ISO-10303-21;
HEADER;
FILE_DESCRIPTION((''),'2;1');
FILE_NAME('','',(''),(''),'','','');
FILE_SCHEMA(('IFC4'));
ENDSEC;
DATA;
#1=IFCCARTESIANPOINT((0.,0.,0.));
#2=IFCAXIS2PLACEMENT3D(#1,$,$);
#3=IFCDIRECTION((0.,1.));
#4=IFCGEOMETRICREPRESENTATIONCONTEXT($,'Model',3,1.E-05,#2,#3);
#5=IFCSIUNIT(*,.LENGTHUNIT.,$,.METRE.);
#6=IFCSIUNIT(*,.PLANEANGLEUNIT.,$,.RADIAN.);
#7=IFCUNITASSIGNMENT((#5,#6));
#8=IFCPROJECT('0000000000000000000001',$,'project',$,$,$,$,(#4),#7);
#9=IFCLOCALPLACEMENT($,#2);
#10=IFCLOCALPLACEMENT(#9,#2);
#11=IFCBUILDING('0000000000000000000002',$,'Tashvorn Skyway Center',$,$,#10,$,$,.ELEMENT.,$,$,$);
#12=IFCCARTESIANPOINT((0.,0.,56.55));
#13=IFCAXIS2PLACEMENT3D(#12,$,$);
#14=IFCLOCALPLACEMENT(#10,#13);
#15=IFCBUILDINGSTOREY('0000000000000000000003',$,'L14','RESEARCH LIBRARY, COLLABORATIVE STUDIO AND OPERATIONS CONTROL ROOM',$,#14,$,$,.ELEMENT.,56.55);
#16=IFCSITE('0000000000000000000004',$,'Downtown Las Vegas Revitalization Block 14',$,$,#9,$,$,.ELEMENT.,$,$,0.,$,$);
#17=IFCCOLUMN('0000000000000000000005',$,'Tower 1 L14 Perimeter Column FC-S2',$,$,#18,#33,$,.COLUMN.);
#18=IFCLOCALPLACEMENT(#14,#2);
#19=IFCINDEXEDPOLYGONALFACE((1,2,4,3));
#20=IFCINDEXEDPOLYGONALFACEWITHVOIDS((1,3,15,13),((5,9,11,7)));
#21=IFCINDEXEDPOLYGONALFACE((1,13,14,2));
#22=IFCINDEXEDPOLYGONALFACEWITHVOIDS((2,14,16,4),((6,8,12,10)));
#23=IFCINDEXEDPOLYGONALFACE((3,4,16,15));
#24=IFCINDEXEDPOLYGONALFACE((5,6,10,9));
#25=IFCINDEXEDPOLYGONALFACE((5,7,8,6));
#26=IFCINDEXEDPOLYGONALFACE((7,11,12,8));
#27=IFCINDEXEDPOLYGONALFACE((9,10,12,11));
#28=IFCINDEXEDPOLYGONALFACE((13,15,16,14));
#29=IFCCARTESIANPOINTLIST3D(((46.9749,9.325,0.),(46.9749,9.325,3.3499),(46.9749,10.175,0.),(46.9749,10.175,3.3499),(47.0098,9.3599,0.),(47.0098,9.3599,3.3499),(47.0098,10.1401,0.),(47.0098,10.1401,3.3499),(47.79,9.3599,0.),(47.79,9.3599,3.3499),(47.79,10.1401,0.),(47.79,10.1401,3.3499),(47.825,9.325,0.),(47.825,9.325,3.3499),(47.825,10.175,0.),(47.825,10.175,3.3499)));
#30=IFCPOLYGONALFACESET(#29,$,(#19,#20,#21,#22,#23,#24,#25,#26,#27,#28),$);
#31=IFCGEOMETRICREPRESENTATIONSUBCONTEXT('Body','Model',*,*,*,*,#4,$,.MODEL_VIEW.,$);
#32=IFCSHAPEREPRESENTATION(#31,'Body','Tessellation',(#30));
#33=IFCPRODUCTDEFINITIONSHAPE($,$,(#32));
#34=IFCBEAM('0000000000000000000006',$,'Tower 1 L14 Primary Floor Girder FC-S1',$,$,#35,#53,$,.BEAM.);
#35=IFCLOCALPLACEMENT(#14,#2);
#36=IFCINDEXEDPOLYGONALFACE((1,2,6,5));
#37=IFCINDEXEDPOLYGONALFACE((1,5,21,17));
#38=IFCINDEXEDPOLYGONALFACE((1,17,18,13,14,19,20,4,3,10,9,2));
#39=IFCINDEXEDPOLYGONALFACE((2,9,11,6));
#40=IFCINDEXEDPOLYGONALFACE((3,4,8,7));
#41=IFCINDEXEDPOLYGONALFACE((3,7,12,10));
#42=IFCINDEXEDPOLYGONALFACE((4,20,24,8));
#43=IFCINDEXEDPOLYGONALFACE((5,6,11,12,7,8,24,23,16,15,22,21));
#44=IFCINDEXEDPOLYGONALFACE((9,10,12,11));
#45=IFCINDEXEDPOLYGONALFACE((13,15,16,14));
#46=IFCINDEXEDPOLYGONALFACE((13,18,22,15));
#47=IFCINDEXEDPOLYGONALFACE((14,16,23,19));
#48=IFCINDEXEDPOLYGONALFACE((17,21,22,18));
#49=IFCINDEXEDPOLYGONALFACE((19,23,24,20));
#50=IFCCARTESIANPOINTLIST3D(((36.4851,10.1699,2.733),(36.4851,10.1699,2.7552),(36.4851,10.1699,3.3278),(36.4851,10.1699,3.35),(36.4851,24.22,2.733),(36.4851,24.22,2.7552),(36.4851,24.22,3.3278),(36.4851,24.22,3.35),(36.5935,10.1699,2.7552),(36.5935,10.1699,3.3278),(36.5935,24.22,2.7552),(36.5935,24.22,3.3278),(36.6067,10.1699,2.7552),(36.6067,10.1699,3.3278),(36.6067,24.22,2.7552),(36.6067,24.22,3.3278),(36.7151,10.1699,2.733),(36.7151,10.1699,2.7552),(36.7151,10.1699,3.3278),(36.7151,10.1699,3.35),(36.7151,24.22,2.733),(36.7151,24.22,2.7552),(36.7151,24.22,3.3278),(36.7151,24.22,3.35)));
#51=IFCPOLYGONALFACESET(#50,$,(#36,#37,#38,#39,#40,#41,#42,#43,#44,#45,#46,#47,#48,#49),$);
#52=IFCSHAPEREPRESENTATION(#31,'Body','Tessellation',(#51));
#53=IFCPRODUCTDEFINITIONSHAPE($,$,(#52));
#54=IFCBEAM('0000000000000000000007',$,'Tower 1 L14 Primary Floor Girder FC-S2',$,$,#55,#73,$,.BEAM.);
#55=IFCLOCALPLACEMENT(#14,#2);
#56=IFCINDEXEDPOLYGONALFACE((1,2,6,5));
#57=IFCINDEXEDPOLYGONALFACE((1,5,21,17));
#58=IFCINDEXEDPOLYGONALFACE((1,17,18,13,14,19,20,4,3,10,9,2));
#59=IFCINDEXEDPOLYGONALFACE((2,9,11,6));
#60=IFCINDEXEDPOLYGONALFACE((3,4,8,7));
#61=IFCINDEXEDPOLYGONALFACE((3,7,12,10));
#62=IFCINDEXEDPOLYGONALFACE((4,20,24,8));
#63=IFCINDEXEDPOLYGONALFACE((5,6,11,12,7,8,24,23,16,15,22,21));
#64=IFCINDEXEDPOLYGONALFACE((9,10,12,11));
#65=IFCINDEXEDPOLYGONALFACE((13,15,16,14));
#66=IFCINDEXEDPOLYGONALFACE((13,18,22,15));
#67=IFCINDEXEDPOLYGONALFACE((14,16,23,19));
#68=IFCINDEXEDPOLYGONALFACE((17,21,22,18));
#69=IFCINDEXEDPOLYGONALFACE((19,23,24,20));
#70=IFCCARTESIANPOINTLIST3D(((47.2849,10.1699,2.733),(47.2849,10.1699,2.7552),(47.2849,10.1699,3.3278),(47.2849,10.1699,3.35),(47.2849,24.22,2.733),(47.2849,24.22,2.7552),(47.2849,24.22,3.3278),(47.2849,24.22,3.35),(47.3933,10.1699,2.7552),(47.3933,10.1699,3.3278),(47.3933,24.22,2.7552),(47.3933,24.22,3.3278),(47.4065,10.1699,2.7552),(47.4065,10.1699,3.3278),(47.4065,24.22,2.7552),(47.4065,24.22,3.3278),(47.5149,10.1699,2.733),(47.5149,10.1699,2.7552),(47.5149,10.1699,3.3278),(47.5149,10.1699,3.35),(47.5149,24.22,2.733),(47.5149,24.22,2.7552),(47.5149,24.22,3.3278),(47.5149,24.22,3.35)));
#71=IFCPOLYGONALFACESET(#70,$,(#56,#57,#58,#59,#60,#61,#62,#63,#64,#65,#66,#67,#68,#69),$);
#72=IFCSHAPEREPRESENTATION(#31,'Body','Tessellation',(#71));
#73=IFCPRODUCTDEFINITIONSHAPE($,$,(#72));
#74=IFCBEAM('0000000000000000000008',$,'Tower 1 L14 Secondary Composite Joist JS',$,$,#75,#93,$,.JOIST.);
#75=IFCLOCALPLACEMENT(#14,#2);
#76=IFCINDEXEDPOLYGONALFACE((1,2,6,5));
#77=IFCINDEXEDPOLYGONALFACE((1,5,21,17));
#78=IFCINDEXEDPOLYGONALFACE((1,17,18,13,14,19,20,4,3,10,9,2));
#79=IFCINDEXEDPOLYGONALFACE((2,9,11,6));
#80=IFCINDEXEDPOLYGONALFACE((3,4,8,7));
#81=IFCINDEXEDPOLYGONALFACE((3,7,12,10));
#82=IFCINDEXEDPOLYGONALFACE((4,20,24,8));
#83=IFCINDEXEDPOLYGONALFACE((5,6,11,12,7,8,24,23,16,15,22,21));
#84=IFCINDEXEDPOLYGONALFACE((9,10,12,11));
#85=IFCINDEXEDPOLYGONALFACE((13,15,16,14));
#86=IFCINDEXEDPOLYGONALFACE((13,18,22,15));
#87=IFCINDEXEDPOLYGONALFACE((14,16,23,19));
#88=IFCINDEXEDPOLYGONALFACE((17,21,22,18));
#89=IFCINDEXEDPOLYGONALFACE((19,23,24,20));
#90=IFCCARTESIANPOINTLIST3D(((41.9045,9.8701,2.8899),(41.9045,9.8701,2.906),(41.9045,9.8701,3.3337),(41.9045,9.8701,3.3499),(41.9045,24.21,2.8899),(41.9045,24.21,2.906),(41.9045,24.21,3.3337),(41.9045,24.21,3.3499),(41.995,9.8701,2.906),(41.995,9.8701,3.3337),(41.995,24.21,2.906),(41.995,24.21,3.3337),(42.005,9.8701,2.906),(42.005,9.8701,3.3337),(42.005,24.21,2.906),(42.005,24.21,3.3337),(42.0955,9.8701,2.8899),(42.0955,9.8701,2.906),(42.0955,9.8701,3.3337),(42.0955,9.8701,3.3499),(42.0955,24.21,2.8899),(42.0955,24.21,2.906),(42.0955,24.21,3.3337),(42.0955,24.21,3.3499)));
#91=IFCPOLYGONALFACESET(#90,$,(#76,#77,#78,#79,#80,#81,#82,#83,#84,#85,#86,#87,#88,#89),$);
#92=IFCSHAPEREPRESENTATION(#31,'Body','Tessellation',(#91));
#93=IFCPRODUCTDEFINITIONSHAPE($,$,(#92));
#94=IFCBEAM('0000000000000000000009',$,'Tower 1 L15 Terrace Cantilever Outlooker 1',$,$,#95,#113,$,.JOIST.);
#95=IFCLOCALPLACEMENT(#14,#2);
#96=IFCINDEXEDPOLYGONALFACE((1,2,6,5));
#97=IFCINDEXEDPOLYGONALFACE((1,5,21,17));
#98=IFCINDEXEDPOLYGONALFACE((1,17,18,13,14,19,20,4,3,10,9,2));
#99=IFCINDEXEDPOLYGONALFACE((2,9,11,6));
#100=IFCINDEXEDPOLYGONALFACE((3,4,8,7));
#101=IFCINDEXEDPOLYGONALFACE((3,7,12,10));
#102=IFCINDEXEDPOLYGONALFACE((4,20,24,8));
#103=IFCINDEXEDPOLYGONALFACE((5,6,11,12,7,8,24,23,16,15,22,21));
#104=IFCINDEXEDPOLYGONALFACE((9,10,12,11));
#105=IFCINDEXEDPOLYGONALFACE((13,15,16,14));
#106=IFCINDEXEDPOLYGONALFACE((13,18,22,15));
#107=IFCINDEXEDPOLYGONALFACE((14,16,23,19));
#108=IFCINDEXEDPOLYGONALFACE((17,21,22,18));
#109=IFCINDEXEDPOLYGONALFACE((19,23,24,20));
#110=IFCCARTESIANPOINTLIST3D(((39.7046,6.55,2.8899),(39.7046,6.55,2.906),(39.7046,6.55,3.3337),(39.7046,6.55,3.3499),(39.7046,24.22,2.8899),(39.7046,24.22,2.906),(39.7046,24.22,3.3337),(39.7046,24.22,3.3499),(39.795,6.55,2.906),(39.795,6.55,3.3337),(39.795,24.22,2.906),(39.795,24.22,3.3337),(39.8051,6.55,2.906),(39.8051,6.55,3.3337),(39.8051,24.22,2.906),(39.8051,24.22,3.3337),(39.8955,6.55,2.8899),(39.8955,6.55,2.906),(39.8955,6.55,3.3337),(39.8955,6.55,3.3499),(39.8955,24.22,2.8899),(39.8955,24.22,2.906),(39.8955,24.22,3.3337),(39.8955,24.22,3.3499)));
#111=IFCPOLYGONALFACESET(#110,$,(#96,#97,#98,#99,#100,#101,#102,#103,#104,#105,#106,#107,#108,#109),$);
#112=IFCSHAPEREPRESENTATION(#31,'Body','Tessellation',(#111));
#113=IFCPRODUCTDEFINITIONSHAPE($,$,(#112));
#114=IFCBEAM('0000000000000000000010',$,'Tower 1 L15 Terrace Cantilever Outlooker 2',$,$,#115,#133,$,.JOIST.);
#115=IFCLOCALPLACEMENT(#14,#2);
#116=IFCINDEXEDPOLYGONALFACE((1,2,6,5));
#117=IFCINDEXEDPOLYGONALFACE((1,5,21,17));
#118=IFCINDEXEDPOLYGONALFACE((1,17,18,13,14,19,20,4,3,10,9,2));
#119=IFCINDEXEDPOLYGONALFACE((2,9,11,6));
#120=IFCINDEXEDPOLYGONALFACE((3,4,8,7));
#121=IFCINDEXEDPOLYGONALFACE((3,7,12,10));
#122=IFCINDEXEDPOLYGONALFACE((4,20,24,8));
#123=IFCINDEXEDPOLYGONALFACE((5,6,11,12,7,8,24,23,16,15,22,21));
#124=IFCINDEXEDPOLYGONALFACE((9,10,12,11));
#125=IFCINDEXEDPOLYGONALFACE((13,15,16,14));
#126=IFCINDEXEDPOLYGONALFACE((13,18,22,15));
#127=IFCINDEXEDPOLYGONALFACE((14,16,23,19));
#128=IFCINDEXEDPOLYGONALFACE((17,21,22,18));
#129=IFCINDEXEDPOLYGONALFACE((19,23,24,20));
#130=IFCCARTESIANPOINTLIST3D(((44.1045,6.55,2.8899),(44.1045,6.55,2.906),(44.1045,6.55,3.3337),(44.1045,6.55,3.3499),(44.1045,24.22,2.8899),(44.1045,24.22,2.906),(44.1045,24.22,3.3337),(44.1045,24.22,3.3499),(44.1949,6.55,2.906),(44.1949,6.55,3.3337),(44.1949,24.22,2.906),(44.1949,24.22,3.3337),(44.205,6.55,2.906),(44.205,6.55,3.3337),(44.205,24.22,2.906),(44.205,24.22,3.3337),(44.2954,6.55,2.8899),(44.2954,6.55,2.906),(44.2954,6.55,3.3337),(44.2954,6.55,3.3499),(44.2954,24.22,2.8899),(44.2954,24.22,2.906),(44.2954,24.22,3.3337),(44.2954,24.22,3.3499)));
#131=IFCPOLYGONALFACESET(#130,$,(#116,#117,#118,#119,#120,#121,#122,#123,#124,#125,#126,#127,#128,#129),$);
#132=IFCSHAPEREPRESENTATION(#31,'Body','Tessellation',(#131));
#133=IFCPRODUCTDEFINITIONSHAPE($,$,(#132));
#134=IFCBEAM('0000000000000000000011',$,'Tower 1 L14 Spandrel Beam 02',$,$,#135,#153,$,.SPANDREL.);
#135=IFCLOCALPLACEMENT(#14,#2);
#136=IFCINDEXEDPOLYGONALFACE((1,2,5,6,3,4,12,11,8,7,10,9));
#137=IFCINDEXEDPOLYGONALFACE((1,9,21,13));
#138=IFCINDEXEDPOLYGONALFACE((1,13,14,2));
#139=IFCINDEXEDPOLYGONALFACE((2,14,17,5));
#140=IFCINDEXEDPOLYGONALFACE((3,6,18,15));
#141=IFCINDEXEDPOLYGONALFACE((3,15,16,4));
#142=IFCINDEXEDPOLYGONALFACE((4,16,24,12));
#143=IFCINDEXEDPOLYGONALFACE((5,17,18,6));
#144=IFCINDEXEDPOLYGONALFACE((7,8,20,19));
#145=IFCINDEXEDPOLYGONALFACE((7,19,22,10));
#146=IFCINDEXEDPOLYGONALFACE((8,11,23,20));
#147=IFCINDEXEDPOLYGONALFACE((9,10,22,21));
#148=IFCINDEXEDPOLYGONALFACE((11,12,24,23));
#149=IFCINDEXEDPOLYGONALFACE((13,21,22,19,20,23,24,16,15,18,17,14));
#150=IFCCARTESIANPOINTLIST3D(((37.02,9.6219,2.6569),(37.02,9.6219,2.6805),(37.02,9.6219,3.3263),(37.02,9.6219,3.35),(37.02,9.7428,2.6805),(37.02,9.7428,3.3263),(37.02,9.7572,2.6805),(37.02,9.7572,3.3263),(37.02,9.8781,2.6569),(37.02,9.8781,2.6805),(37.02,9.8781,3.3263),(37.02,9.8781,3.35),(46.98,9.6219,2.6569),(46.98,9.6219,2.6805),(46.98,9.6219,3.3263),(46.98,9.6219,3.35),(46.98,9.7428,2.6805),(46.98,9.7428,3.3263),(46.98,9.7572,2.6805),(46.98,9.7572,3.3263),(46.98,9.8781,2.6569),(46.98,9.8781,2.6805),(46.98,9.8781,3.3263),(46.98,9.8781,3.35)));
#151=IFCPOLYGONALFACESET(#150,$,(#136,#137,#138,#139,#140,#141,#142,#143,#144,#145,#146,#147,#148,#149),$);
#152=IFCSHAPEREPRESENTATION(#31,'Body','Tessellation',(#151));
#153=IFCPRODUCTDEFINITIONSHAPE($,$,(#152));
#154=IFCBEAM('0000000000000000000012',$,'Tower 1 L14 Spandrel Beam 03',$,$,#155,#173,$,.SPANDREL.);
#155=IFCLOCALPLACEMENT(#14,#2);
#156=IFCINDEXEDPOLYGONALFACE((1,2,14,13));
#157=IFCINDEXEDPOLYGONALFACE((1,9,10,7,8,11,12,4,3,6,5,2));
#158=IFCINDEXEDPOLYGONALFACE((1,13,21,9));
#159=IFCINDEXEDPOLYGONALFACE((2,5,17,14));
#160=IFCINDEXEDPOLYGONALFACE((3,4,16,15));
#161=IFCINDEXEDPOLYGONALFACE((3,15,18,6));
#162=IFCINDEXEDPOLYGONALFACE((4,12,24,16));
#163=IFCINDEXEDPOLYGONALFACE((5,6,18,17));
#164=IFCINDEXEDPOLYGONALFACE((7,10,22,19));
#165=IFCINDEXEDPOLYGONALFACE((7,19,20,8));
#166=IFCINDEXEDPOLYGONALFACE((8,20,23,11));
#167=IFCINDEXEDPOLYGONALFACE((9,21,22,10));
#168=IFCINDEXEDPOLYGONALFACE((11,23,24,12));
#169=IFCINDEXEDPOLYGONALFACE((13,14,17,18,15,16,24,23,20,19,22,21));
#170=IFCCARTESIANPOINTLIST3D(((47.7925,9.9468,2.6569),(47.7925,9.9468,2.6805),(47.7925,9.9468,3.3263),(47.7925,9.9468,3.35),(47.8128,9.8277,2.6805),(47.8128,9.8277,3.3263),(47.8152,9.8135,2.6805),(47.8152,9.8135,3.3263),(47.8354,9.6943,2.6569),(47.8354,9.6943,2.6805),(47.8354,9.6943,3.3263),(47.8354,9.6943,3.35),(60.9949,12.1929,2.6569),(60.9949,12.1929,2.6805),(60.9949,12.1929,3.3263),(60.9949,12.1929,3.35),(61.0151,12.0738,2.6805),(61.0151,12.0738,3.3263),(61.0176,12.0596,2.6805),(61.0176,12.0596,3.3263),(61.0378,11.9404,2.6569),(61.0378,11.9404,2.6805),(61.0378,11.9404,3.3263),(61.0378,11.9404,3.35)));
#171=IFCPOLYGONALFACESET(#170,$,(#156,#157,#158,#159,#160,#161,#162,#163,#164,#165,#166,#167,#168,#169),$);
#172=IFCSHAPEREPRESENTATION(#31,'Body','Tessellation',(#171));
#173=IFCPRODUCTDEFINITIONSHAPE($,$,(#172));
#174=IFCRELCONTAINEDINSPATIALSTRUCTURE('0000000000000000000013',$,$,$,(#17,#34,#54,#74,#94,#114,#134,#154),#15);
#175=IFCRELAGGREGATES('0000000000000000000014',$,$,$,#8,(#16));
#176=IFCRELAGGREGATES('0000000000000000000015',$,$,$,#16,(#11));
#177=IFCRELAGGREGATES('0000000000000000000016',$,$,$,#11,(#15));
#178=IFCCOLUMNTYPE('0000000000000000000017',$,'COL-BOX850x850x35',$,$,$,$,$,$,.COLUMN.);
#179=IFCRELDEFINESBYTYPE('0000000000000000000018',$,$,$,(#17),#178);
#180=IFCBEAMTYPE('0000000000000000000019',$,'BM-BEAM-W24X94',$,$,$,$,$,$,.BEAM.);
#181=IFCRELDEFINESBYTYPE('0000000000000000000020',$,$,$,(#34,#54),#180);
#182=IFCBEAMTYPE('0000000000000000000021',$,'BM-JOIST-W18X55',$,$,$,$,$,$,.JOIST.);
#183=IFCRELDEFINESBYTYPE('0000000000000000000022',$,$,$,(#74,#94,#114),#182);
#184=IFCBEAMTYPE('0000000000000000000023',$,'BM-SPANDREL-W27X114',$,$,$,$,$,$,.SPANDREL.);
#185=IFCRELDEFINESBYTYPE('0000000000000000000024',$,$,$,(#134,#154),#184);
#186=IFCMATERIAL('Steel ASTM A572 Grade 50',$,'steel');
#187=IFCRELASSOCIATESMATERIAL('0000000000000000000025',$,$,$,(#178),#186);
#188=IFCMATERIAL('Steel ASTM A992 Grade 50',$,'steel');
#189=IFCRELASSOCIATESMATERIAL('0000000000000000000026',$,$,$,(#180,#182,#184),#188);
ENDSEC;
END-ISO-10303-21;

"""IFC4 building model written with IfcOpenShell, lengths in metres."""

from ifc_helpers import new_model, si_unit, direction, frame, origin, origin_2d, place, context, subcontext, project, spatial, hollow_rectangle, i_section, extrude, material, material_profile, profile_set, type_object, element, save


model = new_model("IFC4")

# Units and contexts
model_context = context("Model", 3, precision=1e-05, world=origin(), true_north=direction((0.0, 1.0)))
body_context = subcontext(model_context, "Body", "Model", "MODEL_VIEW")
ifc_project = project(units=[si_unit("LENGTHUNIT", "METRE"), si_unit("PLANEANGLEUNIT", "RADIAN")], contexts=[model_context])

# Site, building, storey
site_placement = place(None, origin())
site = spatial("IfcSite", under=ifc_project, at=site_placement, Name="Downtown Las Vegas Revitalization Block 14", CompositionType="ELEMENT", RefElevation=0.0)
building_placement = place(site_placement, origin())
building = spatial("IfcBuilding", under=site, at=building_placement, Name="Tashvorn Skyway Center", CompositionType="ELEMENT")
storey_placement = place(building_placement, frame((0.0, 0.0, 56.55)))
storey = spatial("IfcBuildingStorey", under=building, at=storey_placement, Name="L14", Description="RESEARCH LIBRARY, COLLABORATIVE STUDIO AND OPERATIONS CONTROL ROOM", CompositionType="ELEMENT", Elevation=56.55)

# Column
ifc_material_1 = material(Name="Steel ASTM A572 Grade 50", Category="steel")
ifc_material_profile_1 = material_profile(ifc_material_1, hollow_rectangle(XDim=0.8501, YDim=0.8501, WallThickness=0.0349, at=origin_2d()), Name="BOX850x850x35")
ifc_profile_set_1 = profile_set([ifc_material_profile_1], Name="Steel ASTM A572 Grade 50")
column_type = type_object("IfcColumnType", Name="COL-BOX850x850x35", PredefinedType="COLUMN", material=ifc_profile_set_1)
column_placement = place(storey_placement, frame((47.3999, 9.75, 0.0), z_axis=(0.0, 0.0, 1.0), x_axis=(1.0, 0.0, 0.0)))
element("IfcColumn", 1, at=column_placement, inside=storey, type_object=column_type, Name="Tower 1 L14 Perimeter Column FC-S2", PredefinedType="COLUMN", context=body_context, shape_type="SweptSolid", body=[
    extrude(hollow_rectangle(XDim=0.8501, YDim=0.8501, WallThickness=0.0349, at=origin_2d()), origin(), (0.0, 0.0, 1.0), 3.3499),
])

# Beams
ifc_material_2 = material(Name="Steel ASTM A992 Grade 50", Category="steel")
ifc_material_profile_2 = material_profile(ifc_material_2, i_section(OverallWidth=0.23, OverallDepth=0.6169, WebThickness=0.0132, FlangeThickness=0.0222, at=origin_2d()), Name="W24X94")
ifc_profile_set_2 = profile_set([ifc_material_profile_2], Name="Steel ASTM A992 Grade 50")
beam_type_1 = type_object("IfcBeamType", Name="BM-BEAM-W24X94", PredefinedType="BEAM", material=ifc_profile_set_2)
for number, where, z_axis, x_axis, name in (
    (2, (36.6001, 10.1699, 3.0415), (0.0, 1.0, 0.0), (-1.0, 0.0, 0.0), "Tower 1 L14 Primary Floor Girder FC-S1"),
    (3, (47.3999, 10.1699, 3.0415), (0.0, 1.0, 0.0), (-1.0, 0.0, 0.0), "Tower 1 L14 Primary Floor Girder FC-S2"),
):
    element("IfcBeam", number, at=place(storey_placement, frame(where, z_axis=z_axis, x_axis=x_axis)), inside=storey, type_object=beam_type_1, Name=name, PredefinedType="BEAM", context=body_context, shape_type="SweptSolid", body=[
        extrude(i_section(OverallWidth=0.23, OverallDepth=0.6169, WebThickness=0.0132, FlangeThickness=0.0222, at=origin_2d()), origin(), (0.0, 0.0, 1.0), 14.05),
    ])
ifc_material_profile_3 = material_profile(ifc_material_2, i_section(OverallWidth=0.1909, OverallDepth=0.46, WebThickness=0.01, FlangeThickness=0.0161, at=origin_2d()), Name="W18X55")
ifc_profile_set_3 = profile_set([ifc_material_profile_3], Name="Steel ASTM A992 Grade 50")
beam_type_2 = type_object("IfcBeamType", Name="BM-JOIST-W18X55", PredefinedType="JOIST", material=ifc_profile_set_3)
beam_1_placement = place(storey_placement, frame((42.0, 24.21, 3.1199), z_axis=(0.0, -1.0, 0.0), x_axis=(1.0, 0.0, 0.0)))
element("IfcBeam", 4, at=beam_1_placement, inside=storey, type_object=beam_type_2, Name="Tower 1 L14 Secondary Composite Joist JS", PredefinedType="JOIST", context=body_context, shape_type="SweptSolid", body=[
    extrude(i_section(OverallWidth=0.1909, OverallDepth=0.46, WebThickness=0.01, FlangeThickness=0.0161, at=origin_2d()), origin(), (0.0, 0.0, 1.0), 14.3398),
])
for number, where, z_axis, x_axis, name in (
    (5, (39.8, 24.22, 3.1199), (0.0, -1.0, 0.0), (1.0, 0.0, 0.0), "Tower 1 L15 Terrace Cantilever Outlooker 1"),
    (6, (44.2, 24.22, 3.1199), (0.0, -1.0, 0.0), (1.0, 0.0, 0.0), "Tower 1 L15 Terrace Cantilever Outlooker 2"),
):
    element("IfcBeam", number, at=place(storey_placement, frame(where, z_axis=z_axis, x_axis=x_axis)), inside=storey, type_object=beam_type_2, Name=name, PredefinedType="JOIST", context=body_context, shape_type="SweptSolid", body=[
        extrude(i_section(OverallWidth=0.1909, OverallDepth=0.46, WebThickness=0.01, FlangeThickness=0.0161, at=origin_2d()), origin(), (0.0, 0.0, 1.0), 17.6699),
    ])
ifc_material_profile_4 = material_profile(ifc_material_2, i_section(OverallWidth=0.2561, OverallDepth=0.6931, WebThickness=0.0144, FlangeThickness=0.0237, at=origin_2d()), Name="W27X114")
ifc_profile_set_4 = profile_set([ifc_material_profile_4], Name="Steel ASTM A992 Grade 50")
beam_type_3 = type_object("IfcBeamType", Name="BM-SPANDREL-W27X114", PredefinedType="SPANDREL", material=ifc_profile_set_4)
beam_2_placement = place(storey_placement, frame((37.02, 9.75, 3.0034), z_axis=(1.0, 0.0, 0.0), x_axis=(0.0, 1.0, 0.0)))
element("IfcBeam", 7, at=beam_2_placement, inside=storey, type_object=beam_type_3, Name="Tower 1 L14 Spandrel Beam 02", PredefinedType="SPANDREL", context=body_context, shape_type="SweptSolid", body=[
    extrude(i_section(OverallWidth=0.2561, OverallDepth=0.6931, WebThickness=0.0144, FlangeThickness=0.0237, at=origin_2d()), origin(), (0.0, 0.0, 1.0), 9.96),
])
beam_3_placement = place(storey_placement, frame((47.814, 9.8206, 3.0034), z_axis=(0.985835, 0.167718, 0.0), x_axis=(-0.167718, 0.985835, 0.0)))
element("IfcBeam", 8, at=beam_3_placement, inside=storey, type_object=beam_type_3, Name="Tower 1 L14 Spandrel Beam 03", PredefinedType="SPANDREL", context=body_context, shape_type="SweptSolid", body=[
    extrude(i_section(OverallWidth=0.2561, OverallDepth=0.6931, WebThickness=0.0144, FlangeThickness=0.0237, at=origin_2d()), origin(), (0.0, 0.0, 1.0), 13.3921),
])

save(model, "model.ifc")
